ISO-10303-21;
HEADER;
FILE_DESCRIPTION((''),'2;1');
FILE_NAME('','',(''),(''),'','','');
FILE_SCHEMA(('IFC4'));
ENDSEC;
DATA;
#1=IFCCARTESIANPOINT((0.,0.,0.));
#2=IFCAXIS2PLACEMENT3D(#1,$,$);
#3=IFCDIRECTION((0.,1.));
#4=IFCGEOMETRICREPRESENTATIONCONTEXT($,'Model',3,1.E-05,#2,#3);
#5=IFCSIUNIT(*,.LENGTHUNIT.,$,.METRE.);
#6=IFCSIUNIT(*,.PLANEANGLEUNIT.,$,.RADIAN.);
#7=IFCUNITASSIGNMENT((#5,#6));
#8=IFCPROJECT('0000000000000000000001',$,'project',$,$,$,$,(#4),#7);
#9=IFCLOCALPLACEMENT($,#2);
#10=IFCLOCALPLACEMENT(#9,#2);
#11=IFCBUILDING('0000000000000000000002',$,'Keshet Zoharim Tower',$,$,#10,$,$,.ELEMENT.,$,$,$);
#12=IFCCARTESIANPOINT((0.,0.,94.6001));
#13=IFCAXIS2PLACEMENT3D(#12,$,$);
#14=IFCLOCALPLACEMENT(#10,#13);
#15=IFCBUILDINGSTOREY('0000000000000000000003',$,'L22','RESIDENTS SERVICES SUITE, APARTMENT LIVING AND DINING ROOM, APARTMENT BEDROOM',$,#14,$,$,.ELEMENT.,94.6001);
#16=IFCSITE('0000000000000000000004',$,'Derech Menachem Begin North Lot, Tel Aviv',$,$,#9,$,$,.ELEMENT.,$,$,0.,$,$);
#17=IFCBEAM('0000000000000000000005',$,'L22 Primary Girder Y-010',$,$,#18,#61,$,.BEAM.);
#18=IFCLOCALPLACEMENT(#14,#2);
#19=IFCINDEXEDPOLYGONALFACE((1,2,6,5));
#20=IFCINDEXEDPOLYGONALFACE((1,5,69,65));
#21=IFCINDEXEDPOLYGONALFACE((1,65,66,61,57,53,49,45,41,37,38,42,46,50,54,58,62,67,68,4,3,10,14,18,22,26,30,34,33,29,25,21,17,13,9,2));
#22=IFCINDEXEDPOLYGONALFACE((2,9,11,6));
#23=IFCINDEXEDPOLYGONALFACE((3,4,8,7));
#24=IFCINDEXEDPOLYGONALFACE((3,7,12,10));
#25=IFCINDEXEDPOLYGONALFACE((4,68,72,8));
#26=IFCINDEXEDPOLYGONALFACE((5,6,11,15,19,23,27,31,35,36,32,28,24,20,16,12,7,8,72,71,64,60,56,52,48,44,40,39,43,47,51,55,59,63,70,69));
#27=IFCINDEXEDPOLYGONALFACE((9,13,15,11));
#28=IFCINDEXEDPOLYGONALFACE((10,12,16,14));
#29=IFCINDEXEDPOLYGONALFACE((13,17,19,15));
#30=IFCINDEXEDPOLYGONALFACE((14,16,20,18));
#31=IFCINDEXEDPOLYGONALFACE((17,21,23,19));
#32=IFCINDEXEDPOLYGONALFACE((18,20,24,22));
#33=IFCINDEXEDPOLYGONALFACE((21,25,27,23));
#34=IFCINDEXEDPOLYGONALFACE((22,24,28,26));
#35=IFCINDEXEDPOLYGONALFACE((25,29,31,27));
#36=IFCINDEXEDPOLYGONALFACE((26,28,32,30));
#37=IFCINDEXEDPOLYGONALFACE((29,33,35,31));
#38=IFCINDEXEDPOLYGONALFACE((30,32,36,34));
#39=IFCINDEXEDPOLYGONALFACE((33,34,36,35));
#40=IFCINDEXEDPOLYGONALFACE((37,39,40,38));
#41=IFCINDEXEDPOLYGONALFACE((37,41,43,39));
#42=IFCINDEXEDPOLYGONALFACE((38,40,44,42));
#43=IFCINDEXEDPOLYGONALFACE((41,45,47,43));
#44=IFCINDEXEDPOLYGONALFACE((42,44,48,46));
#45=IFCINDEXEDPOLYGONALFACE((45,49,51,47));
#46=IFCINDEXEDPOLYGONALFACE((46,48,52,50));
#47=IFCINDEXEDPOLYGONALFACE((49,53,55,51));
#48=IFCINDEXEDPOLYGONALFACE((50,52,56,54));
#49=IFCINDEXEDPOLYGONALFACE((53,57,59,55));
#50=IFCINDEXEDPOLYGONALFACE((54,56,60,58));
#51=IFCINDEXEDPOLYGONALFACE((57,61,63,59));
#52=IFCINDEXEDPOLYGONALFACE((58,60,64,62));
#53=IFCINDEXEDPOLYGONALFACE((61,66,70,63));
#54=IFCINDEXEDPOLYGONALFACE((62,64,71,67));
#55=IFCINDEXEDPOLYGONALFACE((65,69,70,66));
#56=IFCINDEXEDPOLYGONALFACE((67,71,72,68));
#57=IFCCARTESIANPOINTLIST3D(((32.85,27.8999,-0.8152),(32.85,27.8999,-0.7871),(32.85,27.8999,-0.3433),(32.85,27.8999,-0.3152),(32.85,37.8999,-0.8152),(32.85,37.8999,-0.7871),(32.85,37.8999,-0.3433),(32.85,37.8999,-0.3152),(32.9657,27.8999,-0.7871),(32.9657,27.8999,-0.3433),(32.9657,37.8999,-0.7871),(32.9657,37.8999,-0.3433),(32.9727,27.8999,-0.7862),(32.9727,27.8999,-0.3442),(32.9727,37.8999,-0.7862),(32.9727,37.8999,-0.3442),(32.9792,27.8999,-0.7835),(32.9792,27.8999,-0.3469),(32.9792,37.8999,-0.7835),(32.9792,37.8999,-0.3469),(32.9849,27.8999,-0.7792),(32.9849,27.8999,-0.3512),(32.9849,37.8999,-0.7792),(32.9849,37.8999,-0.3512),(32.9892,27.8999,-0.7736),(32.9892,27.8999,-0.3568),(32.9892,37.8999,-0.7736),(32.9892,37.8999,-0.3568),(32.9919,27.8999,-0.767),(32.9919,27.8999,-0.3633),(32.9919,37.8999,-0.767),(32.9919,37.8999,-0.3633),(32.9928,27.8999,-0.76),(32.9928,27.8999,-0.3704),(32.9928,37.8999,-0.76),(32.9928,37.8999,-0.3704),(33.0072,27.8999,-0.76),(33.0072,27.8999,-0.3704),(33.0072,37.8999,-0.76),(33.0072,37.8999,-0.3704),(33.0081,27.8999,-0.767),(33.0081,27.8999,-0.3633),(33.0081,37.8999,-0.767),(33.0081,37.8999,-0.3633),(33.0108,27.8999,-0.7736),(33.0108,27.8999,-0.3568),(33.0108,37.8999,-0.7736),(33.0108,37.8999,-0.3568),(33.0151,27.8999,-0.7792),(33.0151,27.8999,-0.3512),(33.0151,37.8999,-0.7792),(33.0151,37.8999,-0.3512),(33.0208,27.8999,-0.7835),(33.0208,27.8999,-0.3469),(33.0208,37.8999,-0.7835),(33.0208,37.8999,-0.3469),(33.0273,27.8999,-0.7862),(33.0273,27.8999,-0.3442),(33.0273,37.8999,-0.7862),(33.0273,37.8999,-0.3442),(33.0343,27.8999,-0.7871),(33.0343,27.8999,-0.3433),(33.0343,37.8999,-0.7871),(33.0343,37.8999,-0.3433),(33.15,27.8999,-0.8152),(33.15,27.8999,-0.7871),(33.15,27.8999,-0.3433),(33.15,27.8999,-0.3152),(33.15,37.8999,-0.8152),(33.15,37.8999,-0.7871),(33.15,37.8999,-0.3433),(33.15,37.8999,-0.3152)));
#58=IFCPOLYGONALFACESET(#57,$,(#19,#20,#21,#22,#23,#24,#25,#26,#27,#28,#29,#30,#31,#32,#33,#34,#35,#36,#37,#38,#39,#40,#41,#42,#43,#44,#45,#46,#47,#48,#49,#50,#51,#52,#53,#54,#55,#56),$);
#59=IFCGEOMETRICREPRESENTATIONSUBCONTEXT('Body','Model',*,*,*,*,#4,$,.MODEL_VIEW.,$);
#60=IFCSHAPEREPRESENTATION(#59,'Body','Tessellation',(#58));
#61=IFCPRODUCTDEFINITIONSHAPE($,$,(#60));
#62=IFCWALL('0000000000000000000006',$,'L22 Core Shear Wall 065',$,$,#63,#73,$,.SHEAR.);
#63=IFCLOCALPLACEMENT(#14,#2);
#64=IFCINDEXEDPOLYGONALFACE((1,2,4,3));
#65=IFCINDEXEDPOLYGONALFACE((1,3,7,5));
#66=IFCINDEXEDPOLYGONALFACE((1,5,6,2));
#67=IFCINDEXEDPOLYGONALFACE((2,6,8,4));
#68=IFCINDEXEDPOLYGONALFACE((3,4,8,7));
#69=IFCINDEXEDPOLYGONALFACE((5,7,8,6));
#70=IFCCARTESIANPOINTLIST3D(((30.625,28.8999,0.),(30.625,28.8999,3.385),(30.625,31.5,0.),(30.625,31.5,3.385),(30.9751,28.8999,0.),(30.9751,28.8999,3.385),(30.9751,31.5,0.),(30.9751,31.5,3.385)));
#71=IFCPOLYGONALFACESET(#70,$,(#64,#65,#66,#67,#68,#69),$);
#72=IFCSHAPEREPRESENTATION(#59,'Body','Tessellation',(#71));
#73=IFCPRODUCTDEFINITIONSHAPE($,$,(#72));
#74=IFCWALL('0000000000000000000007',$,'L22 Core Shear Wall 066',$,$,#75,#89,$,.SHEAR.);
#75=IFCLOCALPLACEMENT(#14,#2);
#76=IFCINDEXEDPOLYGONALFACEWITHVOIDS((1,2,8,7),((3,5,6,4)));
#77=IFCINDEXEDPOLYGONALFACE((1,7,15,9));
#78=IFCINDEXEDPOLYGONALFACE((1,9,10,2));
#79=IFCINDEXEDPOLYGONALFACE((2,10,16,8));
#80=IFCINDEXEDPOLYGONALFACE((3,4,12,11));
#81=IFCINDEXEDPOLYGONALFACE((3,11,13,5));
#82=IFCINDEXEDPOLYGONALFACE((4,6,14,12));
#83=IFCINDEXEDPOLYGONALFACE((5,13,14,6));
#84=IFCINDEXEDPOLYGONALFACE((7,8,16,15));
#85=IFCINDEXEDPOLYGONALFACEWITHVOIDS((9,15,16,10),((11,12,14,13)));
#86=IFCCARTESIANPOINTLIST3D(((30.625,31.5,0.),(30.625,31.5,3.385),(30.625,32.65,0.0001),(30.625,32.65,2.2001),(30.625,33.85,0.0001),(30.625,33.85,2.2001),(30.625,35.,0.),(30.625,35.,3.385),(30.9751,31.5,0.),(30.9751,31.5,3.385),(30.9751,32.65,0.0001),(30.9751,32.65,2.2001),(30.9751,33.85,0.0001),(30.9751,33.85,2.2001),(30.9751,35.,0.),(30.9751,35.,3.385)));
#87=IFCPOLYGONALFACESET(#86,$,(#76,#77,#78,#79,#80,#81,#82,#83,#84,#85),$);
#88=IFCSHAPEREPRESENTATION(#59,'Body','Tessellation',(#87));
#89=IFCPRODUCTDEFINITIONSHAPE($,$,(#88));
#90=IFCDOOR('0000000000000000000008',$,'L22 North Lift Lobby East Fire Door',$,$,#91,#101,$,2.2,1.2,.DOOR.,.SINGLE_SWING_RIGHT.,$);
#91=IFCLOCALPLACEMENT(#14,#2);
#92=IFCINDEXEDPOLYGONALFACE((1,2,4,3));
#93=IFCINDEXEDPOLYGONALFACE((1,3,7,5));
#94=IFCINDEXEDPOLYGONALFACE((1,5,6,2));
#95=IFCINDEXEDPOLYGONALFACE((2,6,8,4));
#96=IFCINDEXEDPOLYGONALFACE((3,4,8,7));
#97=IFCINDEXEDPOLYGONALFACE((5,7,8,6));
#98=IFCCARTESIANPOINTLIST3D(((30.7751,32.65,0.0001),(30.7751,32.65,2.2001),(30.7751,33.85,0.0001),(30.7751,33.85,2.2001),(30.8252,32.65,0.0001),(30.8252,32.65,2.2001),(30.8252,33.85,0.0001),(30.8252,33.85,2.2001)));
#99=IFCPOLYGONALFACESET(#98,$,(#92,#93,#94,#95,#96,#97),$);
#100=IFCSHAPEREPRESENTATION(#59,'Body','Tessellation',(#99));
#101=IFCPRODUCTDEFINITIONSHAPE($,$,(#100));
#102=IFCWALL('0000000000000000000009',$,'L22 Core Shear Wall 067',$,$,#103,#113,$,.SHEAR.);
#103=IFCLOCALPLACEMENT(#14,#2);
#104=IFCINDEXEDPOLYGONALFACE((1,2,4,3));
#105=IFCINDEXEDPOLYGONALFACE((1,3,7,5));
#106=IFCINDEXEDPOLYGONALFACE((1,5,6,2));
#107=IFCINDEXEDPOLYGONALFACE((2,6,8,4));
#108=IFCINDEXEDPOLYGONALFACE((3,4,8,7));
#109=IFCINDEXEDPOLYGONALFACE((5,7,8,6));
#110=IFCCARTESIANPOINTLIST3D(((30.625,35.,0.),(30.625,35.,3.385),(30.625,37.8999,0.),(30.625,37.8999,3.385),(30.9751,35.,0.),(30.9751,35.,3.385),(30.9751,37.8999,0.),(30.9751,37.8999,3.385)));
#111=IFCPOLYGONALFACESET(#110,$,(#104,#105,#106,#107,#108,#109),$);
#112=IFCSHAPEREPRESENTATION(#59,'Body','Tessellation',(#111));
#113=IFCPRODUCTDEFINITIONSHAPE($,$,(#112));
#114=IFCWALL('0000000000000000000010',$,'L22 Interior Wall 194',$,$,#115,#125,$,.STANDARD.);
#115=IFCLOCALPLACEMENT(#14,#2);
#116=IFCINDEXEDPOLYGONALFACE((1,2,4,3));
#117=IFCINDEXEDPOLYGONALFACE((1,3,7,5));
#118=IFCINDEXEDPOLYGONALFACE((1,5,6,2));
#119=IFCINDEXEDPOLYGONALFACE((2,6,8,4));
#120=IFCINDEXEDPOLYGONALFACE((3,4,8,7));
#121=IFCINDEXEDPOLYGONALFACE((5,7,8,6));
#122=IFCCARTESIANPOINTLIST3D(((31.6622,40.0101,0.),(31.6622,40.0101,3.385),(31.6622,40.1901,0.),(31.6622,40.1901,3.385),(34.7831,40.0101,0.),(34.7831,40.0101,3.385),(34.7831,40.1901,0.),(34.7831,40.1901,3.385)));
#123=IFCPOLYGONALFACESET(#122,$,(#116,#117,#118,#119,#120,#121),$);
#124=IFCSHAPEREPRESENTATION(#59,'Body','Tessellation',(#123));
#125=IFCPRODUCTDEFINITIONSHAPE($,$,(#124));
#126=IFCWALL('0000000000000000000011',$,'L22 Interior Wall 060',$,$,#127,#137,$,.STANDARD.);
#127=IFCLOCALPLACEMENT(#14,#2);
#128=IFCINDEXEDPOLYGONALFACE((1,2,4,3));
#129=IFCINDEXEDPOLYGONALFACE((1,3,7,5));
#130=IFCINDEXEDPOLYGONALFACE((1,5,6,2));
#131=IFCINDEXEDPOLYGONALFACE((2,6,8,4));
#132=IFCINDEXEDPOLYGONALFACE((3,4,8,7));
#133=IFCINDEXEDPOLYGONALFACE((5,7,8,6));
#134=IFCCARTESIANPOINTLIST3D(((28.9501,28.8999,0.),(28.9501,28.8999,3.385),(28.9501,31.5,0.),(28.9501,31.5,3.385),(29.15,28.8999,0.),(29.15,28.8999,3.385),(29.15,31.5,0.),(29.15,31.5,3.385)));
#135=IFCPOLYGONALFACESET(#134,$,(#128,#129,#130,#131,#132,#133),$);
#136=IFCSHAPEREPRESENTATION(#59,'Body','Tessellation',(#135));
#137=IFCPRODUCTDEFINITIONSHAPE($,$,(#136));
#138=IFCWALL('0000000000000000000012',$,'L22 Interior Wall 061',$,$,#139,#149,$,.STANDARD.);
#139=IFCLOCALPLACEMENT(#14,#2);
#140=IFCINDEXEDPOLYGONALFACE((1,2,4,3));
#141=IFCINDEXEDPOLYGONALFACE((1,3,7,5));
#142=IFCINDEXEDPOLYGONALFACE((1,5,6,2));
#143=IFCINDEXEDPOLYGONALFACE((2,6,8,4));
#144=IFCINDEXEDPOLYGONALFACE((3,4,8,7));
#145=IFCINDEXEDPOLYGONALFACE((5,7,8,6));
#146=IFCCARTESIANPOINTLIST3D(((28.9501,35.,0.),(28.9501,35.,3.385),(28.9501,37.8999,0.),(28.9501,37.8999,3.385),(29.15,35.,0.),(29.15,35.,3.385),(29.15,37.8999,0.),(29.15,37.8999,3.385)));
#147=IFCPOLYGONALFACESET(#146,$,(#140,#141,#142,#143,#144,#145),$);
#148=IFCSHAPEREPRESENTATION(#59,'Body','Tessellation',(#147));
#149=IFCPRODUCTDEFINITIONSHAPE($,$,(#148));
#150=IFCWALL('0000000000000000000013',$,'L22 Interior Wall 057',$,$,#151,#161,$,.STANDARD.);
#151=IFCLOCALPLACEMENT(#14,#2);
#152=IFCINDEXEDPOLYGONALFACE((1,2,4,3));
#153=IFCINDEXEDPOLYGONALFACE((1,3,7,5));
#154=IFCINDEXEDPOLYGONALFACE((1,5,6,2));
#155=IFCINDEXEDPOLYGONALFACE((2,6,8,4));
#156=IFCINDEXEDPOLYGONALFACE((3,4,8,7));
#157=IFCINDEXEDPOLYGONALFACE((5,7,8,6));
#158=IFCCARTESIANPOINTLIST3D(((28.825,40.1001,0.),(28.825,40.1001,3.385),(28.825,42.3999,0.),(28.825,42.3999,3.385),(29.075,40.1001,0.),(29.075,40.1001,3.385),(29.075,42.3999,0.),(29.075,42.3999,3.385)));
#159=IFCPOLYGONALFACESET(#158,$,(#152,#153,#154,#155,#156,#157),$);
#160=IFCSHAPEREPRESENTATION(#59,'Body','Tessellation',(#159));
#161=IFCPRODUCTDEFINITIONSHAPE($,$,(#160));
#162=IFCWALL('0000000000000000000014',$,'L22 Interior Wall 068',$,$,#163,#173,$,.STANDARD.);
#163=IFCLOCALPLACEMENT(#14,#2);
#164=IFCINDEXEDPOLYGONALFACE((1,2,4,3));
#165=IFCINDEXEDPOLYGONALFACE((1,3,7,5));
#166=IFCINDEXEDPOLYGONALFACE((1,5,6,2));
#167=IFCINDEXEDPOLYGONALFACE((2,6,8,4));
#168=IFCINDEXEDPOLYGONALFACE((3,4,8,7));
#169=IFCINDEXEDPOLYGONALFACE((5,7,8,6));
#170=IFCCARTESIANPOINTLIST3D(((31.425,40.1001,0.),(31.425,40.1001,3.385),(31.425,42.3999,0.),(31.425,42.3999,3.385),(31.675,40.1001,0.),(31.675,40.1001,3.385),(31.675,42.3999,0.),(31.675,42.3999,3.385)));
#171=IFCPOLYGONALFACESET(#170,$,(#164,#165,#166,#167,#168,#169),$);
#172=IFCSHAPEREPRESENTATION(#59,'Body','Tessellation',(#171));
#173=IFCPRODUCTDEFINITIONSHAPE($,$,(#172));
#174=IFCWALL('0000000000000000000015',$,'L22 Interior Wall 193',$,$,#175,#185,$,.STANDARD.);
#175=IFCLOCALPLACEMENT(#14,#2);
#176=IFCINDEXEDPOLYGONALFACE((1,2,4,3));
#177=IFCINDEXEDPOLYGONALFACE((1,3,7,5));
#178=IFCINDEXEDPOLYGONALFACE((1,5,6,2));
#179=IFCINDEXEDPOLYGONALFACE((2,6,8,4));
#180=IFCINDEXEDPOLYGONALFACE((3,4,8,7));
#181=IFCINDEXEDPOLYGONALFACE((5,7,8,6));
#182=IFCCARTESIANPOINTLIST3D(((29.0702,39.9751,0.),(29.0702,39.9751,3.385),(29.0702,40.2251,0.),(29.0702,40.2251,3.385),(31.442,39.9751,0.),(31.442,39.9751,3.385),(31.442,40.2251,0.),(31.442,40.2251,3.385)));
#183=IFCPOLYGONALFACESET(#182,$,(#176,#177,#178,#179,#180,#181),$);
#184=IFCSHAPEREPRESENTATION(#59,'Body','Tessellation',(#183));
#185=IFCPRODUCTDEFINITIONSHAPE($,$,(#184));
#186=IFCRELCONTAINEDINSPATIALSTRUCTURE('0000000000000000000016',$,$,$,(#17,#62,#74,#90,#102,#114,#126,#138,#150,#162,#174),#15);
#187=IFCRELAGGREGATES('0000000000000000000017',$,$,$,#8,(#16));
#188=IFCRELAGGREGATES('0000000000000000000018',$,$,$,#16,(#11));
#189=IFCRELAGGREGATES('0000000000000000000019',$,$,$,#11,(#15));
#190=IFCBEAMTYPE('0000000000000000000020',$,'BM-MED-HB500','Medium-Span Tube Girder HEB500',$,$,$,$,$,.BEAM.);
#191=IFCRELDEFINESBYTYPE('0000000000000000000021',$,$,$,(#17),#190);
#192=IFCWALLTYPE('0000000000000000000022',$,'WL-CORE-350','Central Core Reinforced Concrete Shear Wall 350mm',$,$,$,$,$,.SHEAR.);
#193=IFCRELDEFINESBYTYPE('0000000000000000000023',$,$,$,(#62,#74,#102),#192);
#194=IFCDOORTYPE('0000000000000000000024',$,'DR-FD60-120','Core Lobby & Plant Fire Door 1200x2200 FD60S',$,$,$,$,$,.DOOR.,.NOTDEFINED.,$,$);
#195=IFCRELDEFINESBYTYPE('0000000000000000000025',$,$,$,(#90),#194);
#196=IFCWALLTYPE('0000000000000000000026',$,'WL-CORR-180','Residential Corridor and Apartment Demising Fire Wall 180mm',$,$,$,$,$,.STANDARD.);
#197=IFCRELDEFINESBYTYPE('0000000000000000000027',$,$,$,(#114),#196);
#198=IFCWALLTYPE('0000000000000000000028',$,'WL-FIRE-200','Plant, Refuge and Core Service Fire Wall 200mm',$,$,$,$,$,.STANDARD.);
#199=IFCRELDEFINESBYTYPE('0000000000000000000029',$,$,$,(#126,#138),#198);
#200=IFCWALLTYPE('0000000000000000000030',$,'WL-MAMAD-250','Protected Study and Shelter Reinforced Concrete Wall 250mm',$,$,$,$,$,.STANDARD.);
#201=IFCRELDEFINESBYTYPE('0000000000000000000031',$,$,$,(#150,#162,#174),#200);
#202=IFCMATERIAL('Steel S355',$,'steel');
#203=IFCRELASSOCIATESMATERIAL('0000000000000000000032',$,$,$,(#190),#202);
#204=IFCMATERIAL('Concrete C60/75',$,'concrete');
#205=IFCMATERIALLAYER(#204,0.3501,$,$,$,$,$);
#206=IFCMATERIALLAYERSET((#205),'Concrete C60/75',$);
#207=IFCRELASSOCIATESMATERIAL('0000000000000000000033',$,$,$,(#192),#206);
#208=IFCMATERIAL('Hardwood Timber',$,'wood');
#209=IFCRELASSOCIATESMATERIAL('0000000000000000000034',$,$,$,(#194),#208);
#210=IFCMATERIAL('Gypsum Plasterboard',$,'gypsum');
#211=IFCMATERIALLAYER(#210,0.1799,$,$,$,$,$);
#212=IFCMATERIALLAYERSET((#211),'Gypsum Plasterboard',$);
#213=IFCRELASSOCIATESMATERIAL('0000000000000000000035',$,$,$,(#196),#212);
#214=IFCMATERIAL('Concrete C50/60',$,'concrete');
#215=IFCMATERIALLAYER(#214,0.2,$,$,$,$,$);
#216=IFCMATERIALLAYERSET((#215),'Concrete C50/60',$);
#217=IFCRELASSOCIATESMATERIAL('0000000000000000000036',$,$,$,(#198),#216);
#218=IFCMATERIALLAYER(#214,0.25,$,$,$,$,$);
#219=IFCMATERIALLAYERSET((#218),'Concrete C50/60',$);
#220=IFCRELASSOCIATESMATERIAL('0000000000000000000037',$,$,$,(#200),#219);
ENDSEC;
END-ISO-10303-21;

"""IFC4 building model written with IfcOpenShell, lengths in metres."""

from ifc_helpers import new_model, si_unit, direction, frame, frame_2d, origin, origin_2d, place, context, subcontext, project, spatial, rectangle, i_section, extrude, material, layer, layer_set, material_profile, profile_set, type_object, element, fill, save


model = new_model("IFC4")

# Units and contexts
model_context = context("Model", 3, precision=1e-05, world=origin(), true_north=direction((0.0, 1.0)))
body_context = subcontext(model_context, "Body", "Model", "MODEL_VIEW")
ifc_project = project(units=[si_unit("LENGTHUNIT", "METRE"), si_unit("PLANEANGLEUNIT", "RADIAN")], contexts=[model_context])

# Site, building, storey
site_placement = place(None, origin())
site = spatial("IfcSite", under=ifc_project, at=site_placement, Name="Derech Menachem Begin North Lot, Tel Aviv", CompositionType="ELEMENT", RefElevation=0.0)
building_placement = place(site_placement, origin())
building = spatial("IfcBuilding", under=site, at=building_placement, Name="Keshet Zoharim Tower", CompositionType="ELEMENT")
storey_placement = place(building_placement, frame((0.0, 0.0, 94.6001)))
storey = spatial("IfcBuildingStorey", under=building, at=storey_placement, Name="L22", Description="RESIDENTS SERVICES SUITE, APARTMENT LIVING AND DINING ROOM, APARTMENT BEDROOM", CompositionType="ELEMENT", Elevation=94.6001)

# Shared definitions
ifc_material_1 = material(Name="Concrete C60/75", Category="concrete")

# Beam
ifc_material_2 = material(Name="Steel S355", Category="steel")
ifc_material_profile_1 = material_profile(ifc_material_2, i_section(OverallWidth=0.3, OverallDepth=0.5, WebThickness=0.0144, FlangeThickness=0.0281, FilletRadius=0.0271, at=origin_2d()), Name="HEB500")
ifc_profile_set_1 = profile_set([ifc_material_profile_1], Name="Steel S355")
beam_type_1 = type_object("IfcBeamType", Name="BM-MED-HB500", Description="Medium-Span Tube Girder HEB500", PredefinedType="BEAM", material=ifc_profile_set_1)
beam_1_placement = place(storey_placement, frame((33.0, 27.8999, -0.5652), z_axis=(0.0, 1.0, 0.0), x_axis=(-1.0, 0.0, 0.0)))
element("IfcBeam", 1, at=beam_1_placement, inside=storey, type_object=beam_type_1, Name="L22 Primary Girder Y-010", PredefinedType="BEAM", context=body_context, shape_type="SweptSolid", body=[
    extrude(i_section(OverallWidth=0.3, OverallDepth=0.5, WebThickness=0.0144, FlangeThickness=0.0281, FilletRadius=0.0271, at=origin_2d()), origin(), (0.0, 0.0, 1.0), 10.0),
])

# Wall
ifc_layer_1 = layer(ifc_material_1, 0.3501)
ifc_layer_set_1 = layer_set([ifc_layer_1], Name="Concrete C60/75")
wall_type_1 = type_object("IfcWallType", Name="WL-CORE-350", Description="Central Core Reinforced Concrete Shear Wall 350mm", PredefinedType="SHEAR", material=ifc_layer_set_1)
wall_1_placement = place(storey_placement, frame((30.8, 28.8999, 0.0), z_axis=(0.0, 0.0, 1.0), x_axis=(0.0, 1.0, 0.0)))
element("IfcWall", 2, at=wall_1_placement, inside=storey, type_object=wall_type_1, Name="L22 Core Shear Wall 065", PredefinedType="SHEAR", context=body_context, shape_type="SweptSolid", body=[
    extrude(rectangle(XDim=2.6001, YDim=0.3501, at=frame_2d((1.3, 0.0))), origin(), (0.0, 0.0, 1.0), 3.385),
])

# Wall, opening, door
wall_2_placement = place(storey_placement, frame((30.8, 31.5, 0.0), z_axis=(0.0, 0.0, 1.0), x_axis=(0.0, 1.0, 0.0)))
wall_2 = element("IfcWall", 3, at=wall_2_placement, inside=storey, type_object=wall_type_1, Name="L22 Core Shear Wall 066", PredefinedType="SHEAR", context=body_context, shape_type="SweptSolid", body=[
    extrude(rectangle(XDim=3.5, YDim=0.3501, at=frame_2d((1.75, 0.0))), origin(), (0.0, 0.0, 1.0), 3.385),
])
opening_1_placement = place(wall_2_placement, frame((1.1499, 0.0, 0.0)))
opening_1 = element("IfcOpeningElement", 4, at=opening_1_placement, cuts=wall_2, PredefinedType="OPENING", context=body_context, shape_type="SweptSolid", body=[
    extrude(rectangle(XDim=1.2, YDim=2.2, at=frame_2d((0.6001, 1.1001))), frame((0.0, 0.1851, 0.0), z_axis=(0.0, -1.0, 0.0), x_axis=(1.0, 0.0, 0.0)), (0.0, 0.0, 1.0), 0.3701),
])
ifc_material_3 = material(Name="Hardwood Timber", Category="wood")
door_type_1 = type_object("IfcDoorType", Name="DR-FD60-120", Description="Core Lobby & Plant Fire Door 1200x2200 FD60S", OperationType="NOTDEFINED", PredefinedType="DOOR", material=ifc_material_3)
door_1_placement = place(opening_1_placement, origin())
door_1 = element("IfcDoor", 5, at=door_1_placement, inside=storey, type_object=door_type_1, Name="L22 North Lift Lobby East Fire Door", OperationType="SINGLE_SWING_RIGHT", OverallHeight=2.2, OverallWidth=1.2, PredefinedType="DOOR", context=body_context, shape_type="SweptSolid", body=[
    extrude(rectangle(XDim=1.2, YDim=2.2, at=frame_2d((0.6001, 1.1001))), frame((0.0, 0.0249, 0.0), z_axis=(0.0, -1.0, 0.0), x_axis=(1.0, 0.0, 0.0)), (0.0, 0.0, 1.0), 0.05),
])
fill(opening_1, door_1)

# Walls
wall_3_placement = place(storey_placement, frame((30.8, 35.0, 0.0), z_axis=(0.0, 0.0, 1.0), x_axis=(0.0, 1.0, 0.0)))
element("IfcWall", 6, at=wall_3_placement, inside=storey, type_object=wall_type_1, Name="L22 Core Shear Wall 067", PredefinedType="SHEAR", context=body_context, shape_type="SweptSolid", body=[
    extrude(rectangle(XDim=2.8999, YDim=0.3501, at=frame_2d((1.45, 0.0))), origin(), (0.0, 0.0, 1.0), 3.385),
])
ifc_material_4 = material(Name="Gypsum Plasterboard", Category="gypsum")
ifc_layer_2 = layer(ifc_material_4, 0.1799)
ifc_layer_set_2 = layer_set([ifc_layer_2], Name="Gypsum Plasterboard")
wall_type_2 = type_object("IfcWallType", Name="WL-CORR-180", Description="Residential Corridor and Apartment Demising Fire Wall 180mm", PredefinedType="STANDARD", material=ifc_layer_set_2)
wall_4_placement = place(storey_placement, frame((31.6621, 40.1001, 0.0), z_axis=(0.0, 0.0, 1.0), x_axis=(1.0, 0.0, 0.0)))
element("IfcWall", 7, at=wall_4_placement, inside=storey, type_object=wall_type_2, Name="L22 Interior Wall 194", PredefinedType="STANDARD", context=body_context, shape_type="SweptSolid", body=[
    extrude(rectangle(XDim=3.1208, YDim=0.1799, at=frame_2d((1.5605, 0.0))), origin(), (0.0, 0.0, 1.0), 3.385),
])
ifc_material_5 = material(Name="Concrete C50/60", Category="concrete")
ifc_layer_3 = layer(ifc_material_5, 0.2)
ifc_layer_set_3 = layer_set([ifc_layer_3], Name="Concrete C50/60")
wall_type_3 = type_object("IfcWallType", Name="WL-FIRE-200", Description="Plant, Refuge and Core Service Fire Wall 200mm", PredefinedType="STANDARD", material=ifc_layer_set_3)
wall_5_placement = place(storey_placement, frame((29.05, 28.8999, 0.0), z_axis=(0.0, 0.0, 1.0), x_axis=(0.0, 1.0, 0.0)))
element("IfcWall", 8, at=wall_5_placement, inside=storey, type_object=wall_type_3, Name="L22 Interior Wall 060", PredefinedType="STANDARD", context=body_context, shape_type="SweptSolid", body=[
    extrude(rectangle(XDim=2.6001, YDim=0.2, at=frame_2d((1.3, 0.0))), origin(), (0.0, 0.0, 1.0), 3.385),
])
wall_6_placement = place(storey_placement, frame((29.05, 35.0, 0.0), z_axis=(0.0, 0.0, 1.0), x_axis=(0.0, 1.0, 0.0)))
element("IfcWall", 9, at=wall_6_placement, inside=storey, type_object=wall_type_3, Name="L22 Interior Wall 061", PredefinedType="STANDARD", context=body_context, shape_type="SweptSolid", body=[
    extrude(rectangle(XDim=2.8999, YDim=0.2, at=frame_2d((1.45, 0.0))), origin(), (0.0, 0.0, 1.0), 3.385),
])
ifc_layer_4 = layer(ifc_material_5, 0.25)
ifc_layer_set_4 = layer_set([ifc_layer_4], Name="Concrete C50/60")
wall_type_4 = type_object("IfcWallType", Name="WL-MAMAD-250", Description="Protected Study and Shelter Reinforced Concrete Wall 250mm", PredefinedType="STANDARD", material=ifc_layer_set_4)
for number, where, z_axis, x_axis, name in (
    (10, (28.95, 40.1001, 0.0), (0.0, 0.0, 1.0), (0.0, 1.0, 0.0), "L22 Interior Wall 057"),
    (11, (31.55, 40.1001, 0.0), (0.0, 0.0, 1.0), (0.0, 1.0, 0.0), "L22 Interior Wall 068"),
):
    element("IfcWall", number, at=place(storey_placement, frame(where, z_axis=z_axis, x_axis=x_axis)), inside=storey, type_object=wall_type_4, Name=name, PredefinedType="STANDARD", context=body_context, shape_type="SweptSolid", body=[
        extrude(rectangle(XDim=2.2998, YDim=0.25, at=frame_2d((1.1499, 0.0))), origin(), (0.0, 0.0, 1.0), 3.385),
    ])
wall_7_placement = place(storey_placement, frame((29.0701, 40.1001, 0.0), z_axis=(0.0, 0.0, 1.0), x_axis=(1.0, 0.0, 0.0)))
element("IfcWall", 12, at=wall_7_placement, inside=storey, type_object=wall_type_4, Name="L22 Interior Wall 193", PredefinedType="STANDARD", context=body_context, shape_type="SweptSolid", body=[
    extrude(rectangle(XDim=2.3718, YDim=0.25, at=frame_2d((1.186, 0.0))), origin(), (0.0, 0.0, 1.0), 3.385),
])

save(model, "model.ifc")
